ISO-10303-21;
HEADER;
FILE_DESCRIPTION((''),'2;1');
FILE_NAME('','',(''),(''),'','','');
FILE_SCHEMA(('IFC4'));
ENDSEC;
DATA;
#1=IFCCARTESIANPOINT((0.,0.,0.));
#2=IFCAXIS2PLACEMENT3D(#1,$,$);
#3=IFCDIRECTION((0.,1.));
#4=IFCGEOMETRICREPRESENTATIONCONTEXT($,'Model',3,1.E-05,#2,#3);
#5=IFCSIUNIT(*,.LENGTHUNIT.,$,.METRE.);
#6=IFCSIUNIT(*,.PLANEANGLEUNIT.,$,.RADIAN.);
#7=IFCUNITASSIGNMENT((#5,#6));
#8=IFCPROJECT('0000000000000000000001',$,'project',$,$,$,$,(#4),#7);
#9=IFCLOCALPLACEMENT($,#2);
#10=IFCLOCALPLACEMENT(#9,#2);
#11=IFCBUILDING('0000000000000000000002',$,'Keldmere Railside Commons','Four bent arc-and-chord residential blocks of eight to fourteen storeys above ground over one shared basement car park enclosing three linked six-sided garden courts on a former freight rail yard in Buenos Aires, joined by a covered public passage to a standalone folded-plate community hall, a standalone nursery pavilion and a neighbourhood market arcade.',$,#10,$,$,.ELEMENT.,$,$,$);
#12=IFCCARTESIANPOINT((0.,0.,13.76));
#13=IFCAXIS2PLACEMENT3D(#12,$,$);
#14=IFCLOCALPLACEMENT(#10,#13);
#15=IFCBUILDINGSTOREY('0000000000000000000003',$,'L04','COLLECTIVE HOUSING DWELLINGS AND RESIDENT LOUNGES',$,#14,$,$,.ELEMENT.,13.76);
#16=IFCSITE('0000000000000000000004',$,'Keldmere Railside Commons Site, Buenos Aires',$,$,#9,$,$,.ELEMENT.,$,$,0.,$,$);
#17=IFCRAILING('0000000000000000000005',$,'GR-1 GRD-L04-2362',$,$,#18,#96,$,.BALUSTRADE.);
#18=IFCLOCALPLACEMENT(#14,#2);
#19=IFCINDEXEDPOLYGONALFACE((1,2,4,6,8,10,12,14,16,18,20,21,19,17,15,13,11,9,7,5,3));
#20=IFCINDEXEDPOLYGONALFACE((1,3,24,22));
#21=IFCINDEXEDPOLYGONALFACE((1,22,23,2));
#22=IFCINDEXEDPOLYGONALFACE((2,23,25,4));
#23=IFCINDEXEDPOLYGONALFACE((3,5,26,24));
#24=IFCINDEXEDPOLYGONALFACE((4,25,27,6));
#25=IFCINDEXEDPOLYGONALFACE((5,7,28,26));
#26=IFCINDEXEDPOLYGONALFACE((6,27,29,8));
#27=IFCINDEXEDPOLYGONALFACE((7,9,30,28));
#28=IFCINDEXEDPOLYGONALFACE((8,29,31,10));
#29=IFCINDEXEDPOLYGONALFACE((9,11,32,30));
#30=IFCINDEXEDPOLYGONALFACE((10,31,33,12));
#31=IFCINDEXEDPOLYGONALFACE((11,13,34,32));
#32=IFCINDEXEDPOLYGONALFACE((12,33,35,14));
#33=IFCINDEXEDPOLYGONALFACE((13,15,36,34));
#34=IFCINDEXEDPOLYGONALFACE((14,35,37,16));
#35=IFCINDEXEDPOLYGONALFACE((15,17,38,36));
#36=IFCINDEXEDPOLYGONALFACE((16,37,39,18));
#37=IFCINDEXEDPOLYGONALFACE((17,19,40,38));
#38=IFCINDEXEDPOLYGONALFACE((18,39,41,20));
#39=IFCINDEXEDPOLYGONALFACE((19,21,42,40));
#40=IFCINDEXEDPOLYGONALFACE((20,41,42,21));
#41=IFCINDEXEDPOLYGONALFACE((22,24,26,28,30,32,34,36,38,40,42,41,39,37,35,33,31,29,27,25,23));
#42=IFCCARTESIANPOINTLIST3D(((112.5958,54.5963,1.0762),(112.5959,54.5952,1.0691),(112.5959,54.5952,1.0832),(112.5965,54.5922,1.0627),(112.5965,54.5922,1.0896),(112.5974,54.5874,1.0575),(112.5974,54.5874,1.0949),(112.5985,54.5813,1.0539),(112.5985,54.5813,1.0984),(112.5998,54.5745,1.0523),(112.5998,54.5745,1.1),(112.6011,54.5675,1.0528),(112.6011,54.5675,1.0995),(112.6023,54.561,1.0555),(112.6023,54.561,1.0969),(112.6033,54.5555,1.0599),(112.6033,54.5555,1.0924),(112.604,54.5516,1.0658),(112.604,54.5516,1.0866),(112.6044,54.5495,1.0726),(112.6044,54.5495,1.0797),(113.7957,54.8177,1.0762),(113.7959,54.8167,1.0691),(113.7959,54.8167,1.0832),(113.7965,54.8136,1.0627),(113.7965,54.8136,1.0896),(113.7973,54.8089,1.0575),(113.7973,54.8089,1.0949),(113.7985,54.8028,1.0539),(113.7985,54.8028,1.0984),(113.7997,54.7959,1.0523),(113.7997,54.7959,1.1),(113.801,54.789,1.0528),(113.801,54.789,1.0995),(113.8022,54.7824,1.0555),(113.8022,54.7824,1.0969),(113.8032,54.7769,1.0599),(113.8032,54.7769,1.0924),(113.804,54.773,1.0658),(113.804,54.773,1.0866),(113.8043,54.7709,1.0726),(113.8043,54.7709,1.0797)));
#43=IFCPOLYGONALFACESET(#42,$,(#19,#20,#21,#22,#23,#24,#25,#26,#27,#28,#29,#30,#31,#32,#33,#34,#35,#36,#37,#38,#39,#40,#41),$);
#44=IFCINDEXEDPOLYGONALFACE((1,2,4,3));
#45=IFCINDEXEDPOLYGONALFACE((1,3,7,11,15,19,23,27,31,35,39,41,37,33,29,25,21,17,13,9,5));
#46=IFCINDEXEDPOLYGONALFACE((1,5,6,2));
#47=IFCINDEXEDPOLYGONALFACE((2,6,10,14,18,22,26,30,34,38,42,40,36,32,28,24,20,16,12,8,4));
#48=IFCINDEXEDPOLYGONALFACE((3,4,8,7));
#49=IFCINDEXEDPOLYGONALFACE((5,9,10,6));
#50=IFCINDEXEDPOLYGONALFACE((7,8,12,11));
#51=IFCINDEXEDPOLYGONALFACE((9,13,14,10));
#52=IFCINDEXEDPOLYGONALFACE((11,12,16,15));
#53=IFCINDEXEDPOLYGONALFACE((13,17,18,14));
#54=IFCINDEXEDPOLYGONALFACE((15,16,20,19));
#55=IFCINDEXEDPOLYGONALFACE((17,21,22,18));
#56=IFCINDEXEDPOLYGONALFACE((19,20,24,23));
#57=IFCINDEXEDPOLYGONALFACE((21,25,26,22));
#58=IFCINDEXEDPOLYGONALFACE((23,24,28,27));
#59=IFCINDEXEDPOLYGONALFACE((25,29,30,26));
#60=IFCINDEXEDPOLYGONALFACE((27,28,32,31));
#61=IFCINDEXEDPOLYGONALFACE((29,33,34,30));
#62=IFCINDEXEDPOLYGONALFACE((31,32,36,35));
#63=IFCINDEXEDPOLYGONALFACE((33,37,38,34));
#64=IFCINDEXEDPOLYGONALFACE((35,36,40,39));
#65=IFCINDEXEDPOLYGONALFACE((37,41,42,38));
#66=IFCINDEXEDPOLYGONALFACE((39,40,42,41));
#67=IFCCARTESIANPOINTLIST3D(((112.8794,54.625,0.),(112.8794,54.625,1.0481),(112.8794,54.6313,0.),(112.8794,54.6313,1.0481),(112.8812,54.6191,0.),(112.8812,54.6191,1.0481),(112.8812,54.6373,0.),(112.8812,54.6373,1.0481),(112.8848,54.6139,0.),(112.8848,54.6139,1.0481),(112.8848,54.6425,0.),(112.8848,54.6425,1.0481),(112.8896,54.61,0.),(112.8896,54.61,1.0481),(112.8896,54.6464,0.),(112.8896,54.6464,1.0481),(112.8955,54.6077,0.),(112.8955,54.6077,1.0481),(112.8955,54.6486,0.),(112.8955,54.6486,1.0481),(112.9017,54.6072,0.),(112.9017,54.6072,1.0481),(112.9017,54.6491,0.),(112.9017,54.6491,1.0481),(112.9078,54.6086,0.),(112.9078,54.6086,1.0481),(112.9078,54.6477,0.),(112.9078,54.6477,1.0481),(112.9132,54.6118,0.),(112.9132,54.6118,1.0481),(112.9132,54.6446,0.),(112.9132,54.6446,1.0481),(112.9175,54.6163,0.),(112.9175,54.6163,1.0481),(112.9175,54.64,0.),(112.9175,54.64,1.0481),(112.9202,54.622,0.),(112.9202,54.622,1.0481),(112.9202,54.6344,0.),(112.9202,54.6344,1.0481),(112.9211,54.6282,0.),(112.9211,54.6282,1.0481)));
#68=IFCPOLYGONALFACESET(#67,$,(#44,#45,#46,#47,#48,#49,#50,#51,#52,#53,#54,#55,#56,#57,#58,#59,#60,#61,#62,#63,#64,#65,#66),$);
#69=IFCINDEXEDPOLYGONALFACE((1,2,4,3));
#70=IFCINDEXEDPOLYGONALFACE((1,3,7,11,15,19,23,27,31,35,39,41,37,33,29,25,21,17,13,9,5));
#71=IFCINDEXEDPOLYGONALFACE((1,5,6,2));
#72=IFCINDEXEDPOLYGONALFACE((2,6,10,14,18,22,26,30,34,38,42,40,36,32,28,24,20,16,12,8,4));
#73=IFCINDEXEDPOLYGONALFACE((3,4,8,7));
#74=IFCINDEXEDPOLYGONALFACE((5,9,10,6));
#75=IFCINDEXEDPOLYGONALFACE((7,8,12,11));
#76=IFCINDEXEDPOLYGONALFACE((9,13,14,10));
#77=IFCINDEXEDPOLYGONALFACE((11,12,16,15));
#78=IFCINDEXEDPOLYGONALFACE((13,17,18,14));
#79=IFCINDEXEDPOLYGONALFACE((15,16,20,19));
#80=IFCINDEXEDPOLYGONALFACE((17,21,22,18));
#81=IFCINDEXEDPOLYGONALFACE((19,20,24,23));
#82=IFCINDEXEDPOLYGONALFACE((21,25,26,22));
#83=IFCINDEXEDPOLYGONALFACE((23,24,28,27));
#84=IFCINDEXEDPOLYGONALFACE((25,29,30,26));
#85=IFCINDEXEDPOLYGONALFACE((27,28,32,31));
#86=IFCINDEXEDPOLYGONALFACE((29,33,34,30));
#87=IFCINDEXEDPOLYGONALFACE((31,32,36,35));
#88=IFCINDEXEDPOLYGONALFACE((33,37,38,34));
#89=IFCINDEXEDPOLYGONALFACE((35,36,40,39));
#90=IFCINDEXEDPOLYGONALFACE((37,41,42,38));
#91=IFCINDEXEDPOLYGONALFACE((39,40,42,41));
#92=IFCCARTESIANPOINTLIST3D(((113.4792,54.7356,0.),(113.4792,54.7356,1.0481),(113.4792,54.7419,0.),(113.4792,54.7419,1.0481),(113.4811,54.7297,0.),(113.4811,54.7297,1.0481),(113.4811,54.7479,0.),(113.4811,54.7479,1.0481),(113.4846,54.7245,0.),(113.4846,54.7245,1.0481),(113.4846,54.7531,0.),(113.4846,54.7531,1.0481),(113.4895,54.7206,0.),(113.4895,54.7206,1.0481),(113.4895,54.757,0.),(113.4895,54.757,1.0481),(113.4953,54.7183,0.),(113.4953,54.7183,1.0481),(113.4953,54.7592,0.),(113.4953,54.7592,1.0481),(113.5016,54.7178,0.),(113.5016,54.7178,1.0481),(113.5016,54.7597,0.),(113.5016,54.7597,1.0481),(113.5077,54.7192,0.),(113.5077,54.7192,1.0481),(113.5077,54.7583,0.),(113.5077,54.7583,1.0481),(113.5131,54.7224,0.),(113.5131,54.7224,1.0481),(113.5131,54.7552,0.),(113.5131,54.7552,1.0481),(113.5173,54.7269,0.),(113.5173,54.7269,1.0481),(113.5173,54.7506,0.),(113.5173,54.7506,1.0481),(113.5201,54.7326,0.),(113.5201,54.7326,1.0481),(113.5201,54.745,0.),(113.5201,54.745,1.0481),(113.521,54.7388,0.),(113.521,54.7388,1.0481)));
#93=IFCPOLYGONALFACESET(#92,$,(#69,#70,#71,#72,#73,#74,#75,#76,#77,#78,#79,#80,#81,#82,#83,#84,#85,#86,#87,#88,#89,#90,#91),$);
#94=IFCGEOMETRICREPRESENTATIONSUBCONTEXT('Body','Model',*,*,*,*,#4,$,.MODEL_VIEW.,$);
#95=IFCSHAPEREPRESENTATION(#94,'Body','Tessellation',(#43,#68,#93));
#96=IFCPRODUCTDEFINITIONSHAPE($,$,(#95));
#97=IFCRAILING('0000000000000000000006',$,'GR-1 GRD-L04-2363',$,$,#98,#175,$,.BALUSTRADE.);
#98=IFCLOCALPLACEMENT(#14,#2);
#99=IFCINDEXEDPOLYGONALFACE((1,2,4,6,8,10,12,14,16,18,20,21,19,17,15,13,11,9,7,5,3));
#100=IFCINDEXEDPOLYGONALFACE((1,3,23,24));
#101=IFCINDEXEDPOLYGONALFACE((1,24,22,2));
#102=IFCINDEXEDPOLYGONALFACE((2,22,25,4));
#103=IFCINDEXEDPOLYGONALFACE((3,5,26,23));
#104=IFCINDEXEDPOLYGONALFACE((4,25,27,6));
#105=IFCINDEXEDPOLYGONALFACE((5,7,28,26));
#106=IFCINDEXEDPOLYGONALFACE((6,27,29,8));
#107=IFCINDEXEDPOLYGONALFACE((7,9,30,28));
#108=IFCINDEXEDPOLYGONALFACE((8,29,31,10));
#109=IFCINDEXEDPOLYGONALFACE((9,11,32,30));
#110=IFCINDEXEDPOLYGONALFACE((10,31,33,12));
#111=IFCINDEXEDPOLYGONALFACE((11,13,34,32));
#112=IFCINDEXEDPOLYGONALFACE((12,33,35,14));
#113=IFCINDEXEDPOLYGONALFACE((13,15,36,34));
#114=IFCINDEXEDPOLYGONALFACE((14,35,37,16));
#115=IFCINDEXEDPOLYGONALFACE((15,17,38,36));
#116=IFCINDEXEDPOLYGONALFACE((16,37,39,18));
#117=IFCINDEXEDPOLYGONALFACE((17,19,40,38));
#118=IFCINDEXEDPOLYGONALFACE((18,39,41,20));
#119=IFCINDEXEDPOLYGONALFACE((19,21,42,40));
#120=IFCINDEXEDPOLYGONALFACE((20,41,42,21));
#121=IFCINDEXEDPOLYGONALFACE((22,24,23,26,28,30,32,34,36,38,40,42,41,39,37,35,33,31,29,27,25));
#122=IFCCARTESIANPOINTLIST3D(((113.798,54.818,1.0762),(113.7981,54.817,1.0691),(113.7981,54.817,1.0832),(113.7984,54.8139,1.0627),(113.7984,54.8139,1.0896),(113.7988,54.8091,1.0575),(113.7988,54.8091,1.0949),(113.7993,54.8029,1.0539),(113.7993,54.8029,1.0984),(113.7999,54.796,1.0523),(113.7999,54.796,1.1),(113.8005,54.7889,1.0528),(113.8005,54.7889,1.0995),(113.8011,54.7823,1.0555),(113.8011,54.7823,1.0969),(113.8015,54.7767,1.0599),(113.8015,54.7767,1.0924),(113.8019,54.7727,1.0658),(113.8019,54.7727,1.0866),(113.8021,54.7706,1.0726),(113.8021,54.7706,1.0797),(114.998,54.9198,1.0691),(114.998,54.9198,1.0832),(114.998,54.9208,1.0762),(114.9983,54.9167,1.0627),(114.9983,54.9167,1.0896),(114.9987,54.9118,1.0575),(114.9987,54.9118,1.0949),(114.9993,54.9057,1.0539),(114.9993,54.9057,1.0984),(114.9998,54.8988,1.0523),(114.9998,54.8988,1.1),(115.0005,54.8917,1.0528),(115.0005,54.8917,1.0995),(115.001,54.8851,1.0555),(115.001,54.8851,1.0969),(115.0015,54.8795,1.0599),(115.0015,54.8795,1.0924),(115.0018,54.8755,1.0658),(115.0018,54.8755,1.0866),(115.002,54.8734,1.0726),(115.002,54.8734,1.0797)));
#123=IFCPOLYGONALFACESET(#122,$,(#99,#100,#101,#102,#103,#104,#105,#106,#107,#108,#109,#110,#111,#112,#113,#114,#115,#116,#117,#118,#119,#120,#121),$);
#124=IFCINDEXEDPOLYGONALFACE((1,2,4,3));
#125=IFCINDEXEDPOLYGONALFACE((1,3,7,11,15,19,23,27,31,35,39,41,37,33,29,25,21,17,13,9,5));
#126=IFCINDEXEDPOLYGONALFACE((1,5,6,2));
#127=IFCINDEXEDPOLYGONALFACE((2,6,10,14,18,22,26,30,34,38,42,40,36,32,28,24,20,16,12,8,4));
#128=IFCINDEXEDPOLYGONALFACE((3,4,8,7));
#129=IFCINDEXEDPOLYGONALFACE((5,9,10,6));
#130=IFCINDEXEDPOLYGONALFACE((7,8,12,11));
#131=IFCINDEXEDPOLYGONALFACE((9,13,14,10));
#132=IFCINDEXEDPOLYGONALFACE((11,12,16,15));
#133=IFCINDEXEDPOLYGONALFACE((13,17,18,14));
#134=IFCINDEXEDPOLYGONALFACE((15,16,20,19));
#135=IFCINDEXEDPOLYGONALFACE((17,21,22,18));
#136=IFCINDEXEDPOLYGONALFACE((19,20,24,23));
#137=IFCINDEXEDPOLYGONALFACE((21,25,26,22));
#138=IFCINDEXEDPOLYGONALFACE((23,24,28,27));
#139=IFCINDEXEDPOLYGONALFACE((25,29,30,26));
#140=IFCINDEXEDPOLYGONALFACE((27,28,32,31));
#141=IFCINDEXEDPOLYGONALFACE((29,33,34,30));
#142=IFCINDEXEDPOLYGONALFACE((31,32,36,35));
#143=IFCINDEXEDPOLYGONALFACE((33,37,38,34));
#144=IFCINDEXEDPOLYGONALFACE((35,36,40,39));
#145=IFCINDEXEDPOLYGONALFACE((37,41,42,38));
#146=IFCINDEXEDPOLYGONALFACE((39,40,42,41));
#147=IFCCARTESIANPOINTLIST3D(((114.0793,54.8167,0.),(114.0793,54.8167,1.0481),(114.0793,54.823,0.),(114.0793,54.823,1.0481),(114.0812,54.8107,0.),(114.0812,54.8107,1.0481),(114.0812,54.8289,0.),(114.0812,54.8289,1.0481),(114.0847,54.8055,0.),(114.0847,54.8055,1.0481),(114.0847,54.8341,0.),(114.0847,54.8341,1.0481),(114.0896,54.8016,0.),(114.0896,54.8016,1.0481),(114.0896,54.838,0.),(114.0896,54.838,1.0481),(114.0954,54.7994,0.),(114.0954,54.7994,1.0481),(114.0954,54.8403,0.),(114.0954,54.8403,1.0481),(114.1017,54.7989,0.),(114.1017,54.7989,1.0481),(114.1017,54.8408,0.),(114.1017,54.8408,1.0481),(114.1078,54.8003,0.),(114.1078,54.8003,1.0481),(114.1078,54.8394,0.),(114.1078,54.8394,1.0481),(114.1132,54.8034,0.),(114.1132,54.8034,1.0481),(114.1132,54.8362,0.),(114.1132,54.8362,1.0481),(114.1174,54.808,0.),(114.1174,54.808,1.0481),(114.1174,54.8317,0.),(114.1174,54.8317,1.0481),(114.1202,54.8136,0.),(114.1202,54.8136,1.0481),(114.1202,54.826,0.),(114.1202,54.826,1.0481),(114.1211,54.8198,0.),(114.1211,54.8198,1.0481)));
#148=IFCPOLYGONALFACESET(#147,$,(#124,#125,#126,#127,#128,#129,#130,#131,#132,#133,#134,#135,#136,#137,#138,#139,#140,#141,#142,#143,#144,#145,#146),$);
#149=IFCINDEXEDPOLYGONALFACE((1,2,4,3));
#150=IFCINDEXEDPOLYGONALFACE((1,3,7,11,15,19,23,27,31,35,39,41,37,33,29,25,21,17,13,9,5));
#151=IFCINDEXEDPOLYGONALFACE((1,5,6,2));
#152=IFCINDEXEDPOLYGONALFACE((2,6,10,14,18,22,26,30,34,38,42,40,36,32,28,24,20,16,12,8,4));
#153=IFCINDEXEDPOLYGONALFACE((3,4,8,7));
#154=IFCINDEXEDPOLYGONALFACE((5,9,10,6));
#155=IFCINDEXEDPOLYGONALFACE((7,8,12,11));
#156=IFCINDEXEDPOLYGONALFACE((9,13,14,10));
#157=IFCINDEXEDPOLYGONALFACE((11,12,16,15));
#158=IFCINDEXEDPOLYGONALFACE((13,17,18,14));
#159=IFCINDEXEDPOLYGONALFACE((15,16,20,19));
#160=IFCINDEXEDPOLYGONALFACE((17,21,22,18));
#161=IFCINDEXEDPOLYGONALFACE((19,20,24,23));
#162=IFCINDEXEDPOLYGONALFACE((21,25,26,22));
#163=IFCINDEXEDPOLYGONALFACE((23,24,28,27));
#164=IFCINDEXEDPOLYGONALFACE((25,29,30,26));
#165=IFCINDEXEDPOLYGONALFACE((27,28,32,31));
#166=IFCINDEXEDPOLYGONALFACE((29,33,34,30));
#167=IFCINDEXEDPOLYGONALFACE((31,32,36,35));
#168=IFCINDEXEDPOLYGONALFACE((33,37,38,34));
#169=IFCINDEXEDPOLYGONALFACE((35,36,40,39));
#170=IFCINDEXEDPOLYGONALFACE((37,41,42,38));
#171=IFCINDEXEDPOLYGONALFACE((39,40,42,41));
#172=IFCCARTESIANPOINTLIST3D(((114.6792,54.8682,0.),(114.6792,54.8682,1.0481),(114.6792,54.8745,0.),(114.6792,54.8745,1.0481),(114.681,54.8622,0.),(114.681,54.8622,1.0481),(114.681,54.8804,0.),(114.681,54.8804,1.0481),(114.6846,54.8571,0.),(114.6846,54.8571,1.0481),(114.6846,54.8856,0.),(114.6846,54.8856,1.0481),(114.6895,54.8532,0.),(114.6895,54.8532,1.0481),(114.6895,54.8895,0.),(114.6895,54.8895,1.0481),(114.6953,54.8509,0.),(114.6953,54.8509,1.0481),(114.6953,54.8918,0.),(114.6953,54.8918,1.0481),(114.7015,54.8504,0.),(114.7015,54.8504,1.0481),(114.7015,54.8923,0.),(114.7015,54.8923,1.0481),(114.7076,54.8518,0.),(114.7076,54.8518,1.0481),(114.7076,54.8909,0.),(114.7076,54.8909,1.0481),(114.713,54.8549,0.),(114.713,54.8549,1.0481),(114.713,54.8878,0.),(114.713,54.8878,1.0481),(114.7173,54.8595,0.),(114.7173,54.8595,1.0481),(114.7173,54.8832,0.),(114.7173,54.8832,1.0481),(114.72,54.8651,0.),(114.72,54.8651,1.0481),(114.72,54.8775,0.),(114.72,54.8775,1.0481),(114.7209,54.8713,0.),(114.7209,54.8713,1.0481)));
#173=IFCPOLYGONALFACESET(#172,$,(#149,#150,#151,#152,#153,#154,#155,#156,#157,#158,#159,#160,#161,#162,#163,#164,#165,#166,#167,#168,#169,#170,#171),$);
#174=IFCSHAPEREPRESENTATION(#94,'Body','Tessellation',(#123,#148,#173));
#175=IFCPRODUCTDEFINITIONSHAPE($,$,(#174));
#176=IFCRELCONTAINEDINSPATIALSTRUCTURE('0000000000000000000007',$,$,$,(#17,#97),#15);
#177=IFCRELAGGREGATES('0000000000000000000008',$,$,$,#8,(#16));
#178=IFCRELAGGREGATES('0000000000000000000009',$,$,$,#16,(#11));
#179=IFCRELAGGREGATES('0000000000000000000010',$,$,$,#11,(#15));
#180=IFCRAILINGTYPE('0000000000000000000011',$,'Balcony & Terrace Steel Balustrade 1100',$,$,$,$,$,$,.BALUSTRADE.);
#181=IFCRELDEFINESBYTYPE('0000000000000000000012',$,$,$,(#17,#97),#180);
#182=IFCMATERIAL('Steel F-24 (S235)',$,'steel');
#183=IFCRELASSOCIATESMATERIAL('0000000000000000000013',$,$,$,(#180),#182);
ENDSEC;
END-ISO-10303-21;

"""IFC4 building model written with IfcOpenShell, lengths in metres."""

from ifc_helpers import new_model, si_unit, direction, frame, origin, origin_2d, place, context, subcontext, project, spatial, circle, extrude, material, type_object, element, save


model = new_model("IFC4")

# Units and contexts
model_context = context("Model", 3, precision=1e-05, world=origin(), true_north=direction((0.0, 1.0)))
body_context = subcontext(model_context, "Body", "Model", "MODEL_VIEW")
ifc_project = project(units=[si_unit("LENGTHUNIT", "METRE"), si_unit("PLANEANGLEUNIT", "RADIAN")], contexts=[model_context])

# Site, building, storey
site_placement = place(None, origin())
site = spatial("IfcSite", under=ifc_project, at=site_placement, Name="Keldmere Railside Commons Site, Buenos Aires", CompositionType="ELEMENT", RefElevation=0.0)
building_placement = place(site_placement, origin())
building = spatial("IfcBuilding", under=site, at=building_placement, Name="Keldmere Railside Commons", Description="Four bent arc-and-chord residential blocks of eight to fourteen storeys above ground over one shared basement car park enclosing three linked six-sided garden courts on a former freight rail yard in Buenos Aires, joined by a covered public passage to a standalone folded-plate community hall, a standalone nursery pavilion and a neighbourhood market arcade.", CompositionType="ELEMENT")
storey_placement = place(building_placement, frame((0.0, 0.0, 13.76)))
storey = spatial("IfcBuildingStorey", under=building, at=storey_placement, Name="L04", Description="COLLECTIVE HOUSING DWELLINGS AND RESIDENT LOUNGES", CompositionType="ELEMENT", Elevation=13.76)

# Shared definitions
ifc_material_1 = material(Name="Steel F-24 (S235)", Category="steel")

# Railings
railing_type = type_object("IfcRailingType", Name="Balcony & Terrace Steel Balustrade 1100", PredefinedType="BALUSTRADE", material=ifc_material_1)
railing_1_placement = place(storey_placement, frame((112.6001, 54.5728, 0.0)))
element("IfcRailing", 1, at=railing_1_placement, inside=storey, type_object=railing_type, Name="GR-1 GRD-L04-2362", PredefinedType="BALUSTRADE", context=body_context, shape_type="SweptSolid", body=[
    extrude(circle(Radius=0.0239, at=origin_2d()), frame((0.0, 0.0, 1.0762), z_axis=(0.983396, 0.181473, 0.0), x_axis=(-0.181473, 0.983396, 0.0)), (0.0, 0.0, 1.0), 1.2202),
    extrude(circle(Radius=0.021, at=origin_2d()), frame((0.3, 0.0554, 0.0)), (0.0, 0.0, 1.0), 1.0481),
    extrude(circle(Radius=0.021, at=origin_2d()), frame((0.8999, 0.166, 0.0)), (0.0, 0.0, 1.0), 1.0481),
])
railing_2_placement = place(storey_placement, frame((113.8, 54.7942, 0.0)))
element("IfcRailing", 2, at=railing_2_placement, inside=storey, type_object=railing_type, Name="GR-1 GRD-L04-2363", PredefinedType="BALUSTRADE", context=body_context, shape_type="SweptSolid", body=[
    extrude(circle(Radius=0.0239, at=origin_2d()), frame((0.0, 0.0, 1.0762), z_axis=(0.996352, 0.085344, 0.0), x_axis=(-0.085344, 0.996352, 0.0)), (0.0, 0.0, 1.0), 1.2043),
    extrude(circle(Radius=0.021, at=origin_2d()), frame((0.3, 0.0256, 0.0)), (0.0, 0.0, 1.0), 1.0481),
    extrude(circle(Radius=0.021, at=origin_2d()), frame((0.8999, 0.0771, 0.0)), (0.0, 0.0, 1.0), 1.0481),
])

save(model, "model.ifc")
